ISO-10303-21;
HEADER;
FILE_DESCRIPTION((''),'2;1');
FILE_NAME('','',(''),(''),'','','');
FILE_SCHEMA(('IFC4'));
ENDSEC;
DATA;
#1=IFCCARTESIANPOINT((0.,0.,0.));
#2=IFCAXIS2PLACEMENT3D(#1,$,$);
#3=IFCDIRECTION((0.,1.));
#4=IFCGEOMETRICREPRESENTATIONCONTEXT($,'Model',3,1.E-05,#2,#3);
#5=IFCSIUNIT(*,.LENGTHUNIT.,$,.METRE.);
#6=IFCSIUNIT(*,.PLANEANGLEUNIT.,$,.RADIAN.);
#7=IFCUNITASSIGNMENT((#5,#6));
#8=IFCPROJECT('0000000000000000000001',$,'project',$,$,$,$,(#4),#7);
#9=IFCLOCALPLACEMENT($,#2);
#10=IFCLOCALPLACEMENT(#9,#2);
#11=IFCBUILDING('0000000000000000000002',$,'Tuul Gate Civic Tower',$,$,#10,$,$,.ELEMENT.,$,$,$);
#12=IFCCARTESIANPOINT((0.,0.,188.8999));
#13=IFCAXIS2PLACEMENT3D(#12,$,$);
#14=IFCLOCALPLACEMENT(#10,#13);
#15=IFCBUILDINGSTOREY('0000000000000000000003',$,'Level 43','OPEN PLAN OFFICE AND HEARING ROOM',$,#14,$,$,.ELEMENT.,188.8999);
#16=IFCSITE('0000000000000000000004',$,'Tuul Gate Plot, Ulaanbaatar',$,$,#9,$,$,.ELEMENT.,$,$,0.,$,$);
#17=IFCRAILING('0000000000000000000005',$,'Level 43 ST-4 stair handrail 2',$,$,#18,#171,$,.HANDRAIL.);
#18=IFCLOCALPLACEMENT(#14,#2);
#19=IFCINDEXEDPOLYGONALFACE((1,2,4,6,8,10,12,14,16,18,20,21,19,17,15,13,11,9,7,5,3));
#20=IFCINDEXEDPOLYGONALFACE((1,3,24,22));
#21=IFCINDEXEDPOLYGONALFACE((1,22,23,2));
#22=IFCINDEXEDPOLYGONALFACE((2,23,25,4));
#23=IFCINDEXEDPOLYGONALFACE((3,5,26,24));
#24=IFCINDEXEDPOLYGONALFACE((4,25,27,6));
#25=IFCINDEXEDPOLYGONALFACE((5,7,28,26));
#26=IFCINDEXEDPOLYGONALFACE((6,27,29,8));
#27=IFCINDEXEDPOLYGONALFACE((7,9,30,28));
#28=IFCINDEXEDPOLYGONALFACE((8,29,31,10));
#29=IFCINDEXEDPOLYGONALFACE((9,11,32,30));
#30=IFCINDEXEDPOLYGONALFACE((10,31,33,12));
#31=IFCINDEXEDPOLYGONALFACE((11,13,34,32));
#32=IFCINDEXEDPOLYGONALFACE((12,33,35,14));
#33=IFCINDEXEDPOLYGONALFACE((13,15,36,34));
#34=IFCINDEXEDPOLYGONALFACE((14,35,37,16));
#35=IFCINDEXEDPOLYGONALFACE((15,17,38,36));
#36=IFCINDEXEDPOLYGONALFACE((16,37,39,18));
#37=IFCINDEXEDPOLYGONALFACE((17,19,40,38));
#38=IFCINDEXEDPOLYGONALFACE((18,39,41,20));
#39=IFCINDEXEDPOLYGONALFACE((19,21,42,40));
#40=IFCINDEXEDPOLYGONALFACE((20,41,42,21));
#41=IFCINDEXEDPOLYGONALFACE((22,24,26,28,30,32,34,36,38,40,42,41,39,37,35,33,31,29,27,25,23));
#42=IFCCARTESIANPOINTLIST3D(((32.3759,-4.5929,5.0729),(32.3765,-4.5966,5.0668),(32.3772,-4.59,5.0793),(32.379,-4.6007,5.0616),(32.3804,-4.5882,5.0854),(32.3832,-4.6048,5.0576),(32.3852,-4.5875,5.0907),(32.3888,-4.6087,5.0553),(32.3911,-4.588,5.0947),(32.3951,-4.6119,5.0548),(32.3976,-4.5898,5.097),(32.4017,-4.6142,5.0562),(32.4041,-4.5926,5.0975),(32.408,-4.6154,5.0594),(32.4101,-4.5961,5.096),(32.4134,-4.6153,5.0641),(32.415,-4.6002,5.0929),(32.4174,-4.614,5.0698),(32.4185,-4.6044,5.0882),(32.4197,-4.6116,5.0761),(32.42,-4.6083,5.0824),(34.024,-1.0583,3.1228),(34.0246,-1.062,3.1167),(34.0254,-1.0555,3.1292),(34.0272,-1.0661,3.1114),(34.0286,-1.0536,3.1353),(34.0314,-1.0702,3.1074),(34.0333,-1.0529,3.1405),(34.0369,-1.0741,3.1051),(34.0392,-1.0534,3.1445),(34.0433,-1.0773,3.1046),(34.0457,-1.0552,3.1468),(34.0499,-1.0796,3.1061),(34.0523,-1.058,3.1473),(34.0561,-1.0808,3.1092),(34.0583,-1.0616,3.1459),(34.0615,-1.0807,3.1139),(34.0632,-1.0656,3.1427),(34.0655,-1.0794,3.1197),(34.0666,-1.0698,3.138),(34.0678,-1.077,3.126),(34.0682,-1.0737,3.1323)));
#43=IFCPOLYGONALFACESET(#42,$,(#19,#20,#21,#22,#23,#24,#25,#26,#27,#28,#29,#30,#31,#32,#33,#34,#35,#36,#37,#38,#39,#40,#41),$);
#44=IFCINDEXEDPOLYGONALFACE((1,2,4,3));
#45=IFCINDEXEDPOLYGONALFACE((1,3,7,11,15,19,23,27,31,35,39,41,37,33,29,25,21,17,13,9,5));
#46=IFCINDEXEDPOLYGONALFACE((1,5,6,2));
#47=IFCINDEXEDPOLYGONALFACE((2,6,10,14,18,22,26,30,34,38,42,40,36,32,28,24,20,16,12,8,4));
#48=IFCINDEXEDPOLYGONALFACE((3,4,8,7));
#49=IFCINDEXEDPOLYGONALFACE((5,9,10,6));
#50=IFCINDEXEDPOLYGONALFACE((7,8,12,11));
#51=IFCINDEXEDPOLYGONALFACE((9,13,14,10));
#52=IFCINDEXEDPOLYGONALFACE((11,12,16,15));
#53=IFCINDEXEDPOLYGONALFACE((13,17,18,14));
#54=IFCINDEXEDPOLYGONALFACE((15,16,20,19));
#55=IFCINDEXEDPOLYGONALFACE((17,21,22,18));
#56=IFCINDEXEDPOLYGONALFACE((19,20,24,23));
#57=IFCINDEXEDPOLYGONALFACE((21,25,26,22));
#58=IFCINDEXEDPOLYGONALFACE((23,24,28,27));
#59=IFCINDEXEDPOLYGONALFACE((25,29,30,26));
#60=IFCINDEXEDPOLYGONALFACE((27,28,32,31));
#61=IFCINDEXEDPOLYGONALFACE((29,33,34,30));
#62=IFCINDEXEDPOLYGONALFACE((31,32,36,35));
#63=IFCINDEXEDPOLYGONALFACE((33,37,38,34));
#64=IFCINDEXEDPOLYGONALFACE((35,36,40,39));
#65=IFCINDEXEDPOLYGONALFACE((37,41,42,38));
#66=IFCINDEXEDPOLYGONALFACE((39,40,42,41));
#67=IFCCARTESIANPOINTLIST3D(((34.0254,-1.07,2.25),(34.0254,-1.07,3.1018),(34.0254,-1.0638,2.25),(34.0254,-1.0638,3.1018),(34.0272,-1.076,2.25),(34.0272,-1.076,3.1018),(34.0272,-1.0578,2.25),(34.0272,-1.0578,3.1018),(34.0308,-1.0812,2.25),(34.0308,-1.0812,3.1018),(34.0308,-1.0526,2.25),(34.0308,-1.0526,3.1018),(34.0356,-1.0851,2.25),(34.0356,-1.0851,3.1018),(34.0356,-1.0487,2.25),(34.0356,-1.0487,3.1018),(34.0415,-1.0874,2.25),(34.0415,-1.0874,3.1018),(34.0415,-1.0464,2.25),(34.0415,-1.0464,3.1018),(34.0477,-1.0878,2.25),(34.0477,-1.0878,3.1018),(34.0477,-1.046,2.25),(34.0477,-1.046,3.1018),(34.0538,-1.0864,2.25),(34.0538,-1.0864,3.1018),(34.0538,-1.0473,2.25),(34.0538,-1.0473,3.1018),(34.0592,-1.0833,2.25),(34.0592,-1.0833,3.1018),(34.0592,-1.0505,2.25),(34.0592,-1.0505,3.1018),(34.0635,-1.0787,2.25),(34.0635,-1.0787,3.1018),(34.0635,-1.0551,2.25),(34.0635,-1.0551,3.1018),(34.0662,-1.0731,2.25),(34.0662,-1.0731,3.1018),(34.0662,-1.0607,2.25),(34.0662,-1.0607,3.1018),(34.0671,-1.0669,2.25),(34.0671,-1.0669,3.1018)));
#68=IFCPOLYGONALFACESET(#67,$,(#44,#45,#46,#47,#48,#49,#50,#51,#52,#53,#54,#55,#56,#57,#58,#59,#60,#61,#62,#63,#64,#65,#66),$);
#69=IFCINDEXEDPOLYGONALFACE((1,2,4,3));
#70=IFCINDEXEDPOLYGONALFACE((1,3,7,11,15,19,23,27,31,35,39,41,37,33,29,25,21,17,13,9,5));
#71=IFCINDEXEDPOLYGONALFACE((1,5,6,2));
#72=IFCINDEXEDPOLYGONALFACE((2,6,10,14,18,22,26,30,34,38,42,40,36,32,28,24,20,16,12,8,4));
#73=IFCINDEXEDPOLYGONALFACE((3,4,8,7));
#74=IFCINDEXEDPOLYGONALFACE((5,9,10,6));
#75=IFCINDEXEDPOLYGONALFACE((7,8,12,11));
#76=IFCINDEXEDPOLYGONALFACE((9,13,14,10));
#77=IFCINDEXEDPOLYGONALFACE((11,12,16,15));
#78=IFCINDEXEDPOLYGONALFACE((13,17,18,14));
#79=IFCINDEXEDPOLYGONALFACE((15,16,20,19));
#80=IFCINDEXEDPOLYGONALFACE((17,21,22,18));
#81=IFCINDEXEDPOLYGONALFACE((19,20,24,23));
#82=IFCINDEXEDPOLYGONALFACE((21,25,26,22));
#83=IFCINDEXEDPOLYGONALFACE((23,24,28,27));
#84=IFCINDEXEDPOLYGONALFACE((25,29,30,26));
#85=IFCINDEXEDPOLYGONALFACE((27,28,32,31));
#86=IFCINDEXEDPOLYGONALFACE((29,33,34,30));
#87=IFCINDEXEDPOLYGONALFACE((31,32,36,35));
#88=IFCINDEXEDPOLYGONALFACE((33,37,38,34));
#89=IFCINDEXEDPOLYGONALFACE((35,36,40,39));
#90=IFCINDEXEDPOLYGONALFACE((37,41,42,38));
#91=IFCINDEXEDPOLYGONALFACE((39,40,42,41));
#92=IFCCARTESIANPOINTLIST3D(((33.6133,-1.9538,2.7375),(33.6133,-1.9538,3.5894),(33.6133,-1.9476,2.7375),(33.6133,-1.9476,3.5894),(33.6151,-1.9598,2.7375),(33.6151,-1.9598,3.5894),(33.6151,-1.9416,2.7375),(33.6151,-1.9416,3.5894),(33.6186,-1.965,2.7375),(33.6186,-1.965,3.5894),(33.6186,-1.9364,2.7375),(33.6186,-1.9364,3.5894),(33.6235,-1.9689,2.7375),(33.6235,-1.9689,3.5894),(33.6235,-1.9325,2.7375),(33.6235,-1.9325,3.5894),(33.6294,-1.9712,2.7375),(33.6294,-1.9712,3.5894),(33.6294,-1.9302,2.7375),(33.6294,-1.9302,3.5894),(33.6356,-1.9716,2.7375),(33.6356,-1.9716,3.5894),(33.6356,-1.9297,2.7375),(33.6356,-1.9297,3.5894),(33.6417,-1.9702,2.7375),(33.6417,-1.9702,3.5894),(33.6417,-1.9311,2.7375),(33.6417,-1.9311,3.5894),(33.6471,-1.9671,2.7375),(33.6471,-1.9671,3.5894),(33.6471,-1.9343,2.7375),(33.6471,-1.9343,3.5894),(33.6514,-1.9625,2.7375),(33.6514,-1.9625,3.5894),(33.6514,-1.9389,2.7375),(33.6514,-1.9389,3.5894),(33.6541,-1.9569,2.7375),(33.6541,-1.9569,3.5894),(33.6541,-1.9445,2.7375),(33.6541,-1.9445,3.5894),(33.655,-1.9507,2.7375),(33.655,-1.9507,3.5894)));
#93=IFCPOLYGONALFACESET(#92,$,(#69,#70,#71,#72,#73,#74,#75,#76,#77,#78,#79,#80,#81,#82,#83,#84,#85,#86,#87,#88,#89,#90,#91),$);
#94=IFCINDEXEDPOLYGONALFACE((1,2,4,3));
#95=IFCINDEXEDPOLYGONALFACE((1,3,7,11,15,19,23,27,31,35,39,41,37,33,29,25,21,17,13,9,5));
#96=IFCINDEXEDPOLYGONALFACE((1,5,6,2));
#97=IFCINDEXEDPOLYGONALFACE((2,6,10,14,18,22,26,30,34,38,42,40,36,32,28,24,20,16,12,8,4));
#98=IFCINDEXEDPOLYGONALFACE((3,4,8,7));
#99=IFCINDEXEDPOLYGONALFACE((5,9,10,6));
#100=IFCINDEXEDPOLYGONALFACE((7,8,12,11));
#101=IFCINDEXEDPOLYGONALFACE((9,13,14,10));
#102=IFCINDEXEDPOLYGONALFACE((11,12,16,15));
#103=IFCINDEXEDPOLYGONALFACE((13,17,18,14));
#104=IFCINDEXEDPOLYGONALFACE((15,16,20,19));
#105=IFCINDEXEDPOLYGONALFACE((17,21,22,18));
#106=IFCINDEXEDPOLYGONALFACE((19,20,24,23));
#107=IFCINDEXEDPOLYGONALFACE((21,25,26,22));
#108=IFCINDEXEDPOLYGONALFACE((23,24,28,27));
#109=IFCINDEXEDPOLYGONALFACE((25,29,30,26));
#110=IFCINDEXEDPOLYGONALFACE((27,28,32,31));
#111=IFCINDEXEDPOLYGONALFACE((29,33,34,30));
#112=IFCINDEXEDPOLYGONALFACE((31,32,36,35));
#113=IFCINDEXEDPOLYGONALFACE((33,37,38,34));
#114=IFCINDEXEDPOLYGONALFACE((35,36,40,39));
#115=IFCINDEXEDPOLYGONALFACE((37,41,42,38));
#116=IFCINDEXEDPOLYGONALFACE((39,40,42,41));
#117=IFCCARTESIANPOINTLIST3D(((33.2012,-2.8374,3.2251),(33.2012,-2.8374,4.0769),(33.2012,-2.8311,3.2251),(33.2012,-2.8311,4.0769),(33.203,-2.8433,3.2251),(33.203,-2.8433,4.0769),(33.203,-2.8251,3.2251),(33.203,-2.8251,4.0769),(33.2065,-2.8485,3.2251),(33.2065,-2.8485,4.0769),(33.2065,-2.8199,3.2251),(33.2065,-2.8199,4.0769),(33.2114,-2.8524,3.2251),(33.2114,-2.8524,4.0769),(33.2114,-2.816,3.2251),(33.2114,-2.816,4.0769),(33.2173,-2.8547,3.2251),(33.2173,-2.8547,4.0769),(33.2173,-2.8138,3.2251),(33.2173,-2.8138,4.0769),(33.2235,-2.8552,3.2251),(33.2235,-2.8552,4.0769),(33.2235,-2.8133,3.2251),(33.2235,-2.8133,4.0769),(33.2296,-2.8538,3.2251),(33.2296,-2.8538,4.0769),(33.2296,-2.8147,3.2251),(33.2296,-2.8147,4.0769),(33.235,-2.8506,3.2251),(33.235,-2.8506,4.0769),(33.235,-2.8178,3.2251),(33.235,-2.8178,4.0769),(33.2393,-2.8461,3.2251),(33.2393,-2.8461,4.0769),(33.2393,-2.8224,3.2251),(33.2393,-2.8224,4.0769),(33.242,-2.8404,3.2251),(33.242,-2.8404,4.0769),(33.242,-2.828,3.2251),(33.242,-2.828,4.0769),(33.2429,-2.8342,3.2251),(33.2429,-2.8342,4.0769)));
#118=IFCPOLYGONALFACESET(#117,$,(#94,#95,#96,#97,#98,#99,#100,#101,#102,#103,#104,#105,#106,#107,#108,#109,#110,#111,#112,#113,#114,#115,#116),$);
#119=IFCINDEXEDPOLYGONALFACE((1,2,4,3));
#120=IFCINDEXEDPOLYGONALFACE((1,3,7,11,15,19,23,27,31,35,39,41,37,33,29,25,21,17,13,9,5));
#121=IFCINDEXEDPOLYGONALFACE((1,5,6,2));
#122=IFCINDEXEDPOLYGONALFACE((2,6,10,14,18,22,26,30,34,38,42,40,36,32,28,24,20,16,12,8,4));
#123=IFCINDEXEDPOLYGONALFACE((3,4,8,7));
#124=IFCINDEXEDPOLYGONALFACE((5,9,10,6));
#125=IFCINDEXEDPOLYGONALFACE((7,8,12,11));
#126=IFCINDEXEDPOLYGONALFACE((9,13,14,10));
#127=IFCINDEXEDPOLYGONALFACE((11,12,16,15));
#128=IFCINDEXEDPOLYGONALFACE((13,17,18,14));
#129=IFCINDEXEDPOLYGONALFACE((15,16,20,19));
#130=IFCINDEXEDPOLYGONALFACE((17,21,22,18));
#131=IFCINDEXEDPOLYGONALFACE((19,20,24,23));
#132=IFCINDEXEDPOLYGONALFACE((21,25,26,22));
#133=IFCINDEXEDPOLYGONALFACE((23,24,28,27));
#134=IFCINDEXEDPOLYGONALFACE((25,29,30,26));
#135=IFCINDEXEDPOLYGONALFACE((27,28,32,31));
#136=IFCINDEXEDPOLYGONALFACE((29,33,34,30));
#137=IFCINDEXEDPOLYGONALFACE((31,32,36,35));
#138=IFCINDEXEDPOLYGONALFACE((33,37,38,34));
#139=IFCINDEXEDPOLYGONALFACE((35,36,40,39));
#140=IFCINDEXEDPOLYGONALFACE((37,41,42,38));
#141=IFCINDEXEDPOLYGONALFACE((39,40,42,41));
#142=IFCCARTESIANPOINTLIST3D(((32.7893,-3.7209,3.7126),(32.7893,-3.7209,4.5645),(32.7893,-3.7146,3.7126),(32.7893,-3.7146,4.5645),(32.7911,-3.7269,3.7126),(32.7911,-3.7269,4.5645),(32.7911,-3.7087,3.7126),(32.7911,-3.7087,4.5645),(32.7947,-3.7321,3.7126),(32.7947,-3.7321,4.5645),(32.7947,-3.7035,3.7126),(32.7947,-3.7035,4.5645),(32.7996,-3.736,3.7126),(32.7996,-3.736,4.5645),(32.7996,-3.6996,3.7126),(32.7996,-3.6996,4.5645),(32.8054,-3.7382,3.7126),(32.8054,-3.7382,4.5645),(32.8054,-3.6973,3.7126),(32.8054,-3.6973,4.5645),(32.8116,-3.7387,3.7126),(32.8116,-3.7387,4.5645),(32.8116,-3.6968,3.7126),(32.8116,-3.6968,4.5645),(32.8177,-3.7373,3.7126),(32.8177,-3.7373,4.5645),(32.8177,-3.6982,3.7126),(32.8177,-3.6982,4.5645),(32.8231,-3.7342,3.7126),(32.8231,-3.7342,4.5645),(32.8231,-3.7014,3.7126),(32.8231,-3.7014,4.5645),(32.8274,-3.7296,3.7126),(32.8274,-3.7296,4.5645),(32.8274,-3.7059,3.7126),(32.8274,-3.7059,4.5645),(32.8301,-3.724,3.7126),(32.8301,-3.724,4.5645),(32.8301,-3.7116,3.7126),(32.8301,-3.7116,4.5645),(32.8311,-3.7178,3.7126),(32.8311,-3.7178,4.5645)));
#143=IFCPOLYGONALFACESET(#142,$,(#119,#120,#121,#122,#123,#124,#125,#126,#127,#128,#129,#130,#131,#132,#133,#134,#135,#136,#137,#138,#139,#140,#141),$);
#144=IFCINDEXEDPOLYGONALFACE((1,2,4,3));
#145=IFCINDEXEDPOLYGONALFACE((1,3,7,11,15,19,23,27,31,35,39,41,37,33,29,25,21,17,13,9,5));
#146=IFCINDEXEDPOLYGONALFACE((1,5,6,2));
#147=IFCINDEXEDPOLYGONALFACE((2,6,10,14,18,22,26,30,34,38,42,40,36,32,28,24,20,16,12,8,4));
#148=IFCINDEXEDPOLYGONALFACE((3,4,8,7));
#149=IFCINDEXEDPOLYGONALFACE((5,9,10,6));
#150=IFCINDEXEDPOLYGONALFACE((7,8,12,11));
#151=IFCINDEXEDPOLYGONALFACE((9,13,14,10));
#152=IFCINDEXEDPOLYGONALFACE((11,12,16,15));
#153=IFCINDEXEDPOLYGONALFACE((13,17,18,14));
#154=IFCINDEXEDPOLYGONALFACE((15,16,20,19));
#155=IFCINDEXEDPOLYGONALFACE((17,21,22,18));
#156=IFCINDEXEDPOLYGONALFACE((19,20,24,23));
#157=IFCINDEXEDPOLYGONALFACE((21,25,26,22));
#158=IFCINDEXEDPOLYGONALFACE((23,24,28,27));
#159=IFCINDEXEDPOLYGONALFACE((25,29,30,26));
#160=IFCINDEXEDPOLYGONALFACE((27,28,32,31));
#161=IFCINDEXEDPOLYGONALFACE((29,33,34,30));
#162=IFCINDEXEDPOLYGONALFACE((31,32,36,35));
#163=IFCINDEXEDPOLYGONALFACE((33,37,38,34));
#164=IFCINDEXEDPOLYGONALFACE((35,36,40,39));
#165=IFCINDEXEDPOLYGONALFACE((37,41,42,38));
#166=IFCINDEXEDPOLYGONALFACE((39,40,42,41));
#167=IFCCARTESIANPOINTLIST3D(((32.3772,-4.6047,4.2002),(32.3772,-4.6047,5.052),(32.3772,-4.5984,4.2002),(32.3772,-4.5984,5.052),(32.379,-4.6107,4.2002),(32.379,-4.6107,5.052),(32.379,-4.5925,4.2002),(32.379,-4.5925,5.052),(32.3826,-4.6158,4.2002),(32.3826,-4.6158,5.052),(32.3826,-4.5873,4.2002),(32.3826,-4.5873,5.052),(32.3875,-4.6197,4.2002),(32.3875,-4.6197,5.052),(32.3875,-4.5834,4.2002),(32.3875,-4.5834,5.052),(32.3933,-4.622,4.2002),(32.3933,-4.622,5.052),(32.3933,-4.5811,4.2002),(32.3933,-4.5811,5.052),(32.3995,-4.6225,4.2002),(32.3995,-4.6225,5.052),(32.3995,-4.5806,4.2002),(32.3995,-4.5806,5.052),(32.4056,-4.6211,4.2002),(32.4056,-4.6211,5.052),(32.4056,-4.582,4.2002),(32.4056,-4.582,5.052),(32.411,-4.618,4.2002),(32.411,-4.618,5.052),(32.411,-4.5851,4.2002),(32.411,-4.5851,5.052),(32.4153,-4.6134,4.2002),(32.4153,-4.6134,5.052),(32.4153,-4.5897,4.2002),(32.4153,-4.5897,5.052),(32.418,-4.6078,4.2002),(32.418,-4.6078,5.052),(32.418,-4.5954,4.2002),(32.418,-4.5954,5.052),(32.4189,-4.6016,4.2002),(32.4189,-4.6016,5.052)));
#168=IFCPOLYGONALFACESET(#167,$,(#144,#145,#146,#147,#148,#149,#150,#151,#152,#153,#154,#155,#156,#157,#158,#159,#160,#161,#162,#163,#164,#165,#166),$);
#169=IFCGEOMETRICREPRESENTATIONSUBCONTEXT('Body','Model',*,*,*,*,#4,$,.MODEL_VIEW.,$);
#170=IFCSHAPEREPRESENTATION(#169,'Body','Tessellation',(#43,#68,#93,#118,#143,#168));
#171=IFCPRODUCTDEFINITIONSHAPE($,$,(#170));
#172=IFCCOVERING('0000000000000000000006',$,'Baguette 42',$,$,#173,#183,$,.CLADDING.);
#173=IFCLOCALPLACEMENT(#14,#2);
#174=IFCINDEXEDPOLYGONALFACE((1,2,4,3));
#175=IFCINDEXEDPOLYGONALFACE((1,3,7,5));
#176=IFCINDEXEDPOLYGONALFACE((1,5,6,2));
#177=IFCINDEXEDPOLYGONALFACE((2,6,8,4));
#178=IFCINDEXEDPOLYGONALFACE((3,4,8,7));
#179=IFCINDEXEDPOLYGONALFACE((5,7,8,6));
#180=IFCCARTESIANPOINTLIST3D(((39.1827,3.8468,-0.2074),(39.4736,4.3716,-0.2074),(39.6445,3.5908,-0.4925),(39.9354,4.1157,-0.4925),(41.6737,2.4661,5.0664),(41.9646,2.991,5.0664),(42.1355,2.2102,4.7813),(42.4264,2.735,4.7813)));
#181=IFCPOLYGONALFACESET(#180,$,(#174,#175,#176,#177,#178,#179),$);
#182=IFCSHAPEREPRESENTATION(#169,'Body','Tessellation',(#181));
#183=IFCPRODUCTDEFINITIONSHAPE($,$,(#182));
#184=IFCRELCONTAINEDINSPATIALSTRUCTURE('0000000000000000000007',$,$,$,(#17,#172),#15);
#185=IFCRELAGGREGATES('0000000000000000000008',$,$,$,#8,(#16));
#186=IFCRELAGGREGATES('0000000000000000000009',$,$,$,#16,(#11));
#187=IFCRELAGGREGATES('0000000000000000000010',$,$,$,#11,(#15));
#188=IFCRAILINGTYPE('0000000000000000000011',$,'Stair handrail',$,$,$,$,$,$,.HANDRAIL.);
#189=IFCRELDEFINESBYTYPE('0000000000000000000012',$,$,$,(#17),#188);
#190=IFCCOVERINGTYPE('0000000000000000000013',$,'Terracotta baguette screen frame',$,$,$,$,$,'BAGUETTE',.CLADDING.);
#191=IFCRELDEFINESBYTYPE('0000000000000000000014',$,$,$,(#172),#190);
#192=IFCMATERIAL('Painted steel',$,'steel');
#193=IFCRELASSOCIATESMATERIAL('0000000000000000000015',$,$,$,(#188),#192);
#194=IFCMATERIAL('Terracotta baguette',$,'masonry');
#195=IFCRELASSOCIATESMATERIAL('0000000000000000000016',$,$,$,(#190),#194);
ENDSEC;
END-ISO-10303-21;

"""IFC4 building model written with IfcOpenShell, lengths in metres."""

from ifc_helpers import new_model, si_unit, direction, frame, origin, origin_2d, place, context, subcontext, project, spatial, rectangle, circle, extrude, material, material_profile, profile_set, type_object, element, save


model = new_model("IFC4")

# Units and contexts
model_context = context("Model", 3, precision=1e-05, world=origin(), true_north=direction((0.0, 1.0)))
body_context = subcontext(model_context, "Body", "Model", "MODEL_VIEW")
ifc_project = project(units=[si_unit("LENGTHUNIT", "METRE"), si_unit("PLANEANGLEUNIT", "RADIAN")], contexts=[model_context])

# Site, building, storey
site_placement = place(None, origin())
site = spatial("IfcSite", under=ifc_project, at=site_placement, Name="Tuul Gate Plot, Ulaanbaatar", CompositionType="ELEMENT", RefElevation=0.0)
building_placement = place(site_placement, origin())
building = spatial("IfcBuilding", under=site, at=building_placement, Name="Tuul Gate Civic Tower", CompositionType="ELEMENT")
storey_placement = place(building_placement, frame((0.0, 0.0, 188.8999)))
storey = spatial("IfcBuildingStorey", under=building, at=storey_placement, Name="Level 43", Description="OPEN PLAN OFFICE AND HEARING ROOM", CompositionType="ELEMENT", Elevation=188.8999)

# Railing
ifc_material_1 = material(Name="Painted steel", Category="steel")
railing_type = type_object("IfcRailingType", Name="Stair handrail", PredefinedType="HANDRAIL", material=ifc_material_1)
railing_1_placement = place(storey_placement, frame((34.0461, -1.0669, 2.25)))
element("IfcRailing", 1, at=railing_1_placement, inside=storey, type_object=railing_type, Name="Level 43 ST-4 stair handrail 2", PredefinedType="HANDRAIL", context=body_context, shape_type="SweptSolid", body=[
    extrude(circle(Radius=0.0239, at=origin_2d()), frame((0.0, 0.0, 0.876), z_axis=(-0.377985, -0.810617, 0.447245), x_axis=(0.906313, -0.422608, 0.0)), (0.0, 0.0, 1.0), 4.3604),
    extrude(circle(Radius=0.021, at=origin_2d()), origin(), (0.0, 0.0, 1.0), 0.8518),
    extrude(circle(Radius=0.021, at=origin_2d()), frame((-0.4121, -0.8838, 0.4875)), (0.0, 0.0, 1.0), 0.8518),
    extrude(circle(Radius=0.021, at=origin_2d()), frame((-0.8242, -1.7673, 0.9751)), (0.0, 0.0, 1.0), 0.8518),
    extrude(circle(Radius=0.021, at=origin_2d()), frame((-1.2361, -2.6509, 1.4626)), (0.0, 0.0, 1.0), 0.8518),
    extrude(circle(Radius=0.021, at=origin_2d()), frame((-1.6482, -3.5347, 1.9502)), (0.0, 0.0, 1.0), 0.8518),
])

# Covering
ifc_material_2 = material(Name="Terracotta baguette", Category="masonry")
ifc_material_profile_1 = material_profile(ifc_material_2, rectangle(XDim=0.6001, YDim=0.6001, at=origin_2d()), Name="Terracotta baguette screen frame")
ifc_profile_set_1 = profile_set([ifc_material_profile_1], Name="Terracotta baguette")
covering_type = type_object("IfcCoveringType", Name="Terracotta baguette screen frame", ElementType="BAGUETTE", PredefinedType="CLADDING", material=ifc_profile_set_1)
covering_placement = place(storey_placement, frame((42.05, 2.6006, 4.9238), z_axis=(-0.415607, 0.23035, -0.879892), x_axis=(-0.484769, -0.874642, 0.0)))
element("IfcCovering", 2, at=covering_placement, inside=storey, type_object=covering_type, Name="Baguette 42", PredefinedType="CLADDING", context=body_context, shape_type="SweptSolid", body=[
    extrude(rectangle(XDim=0.6001, YDim=0.6001, at=origin_2d()), origin(), (0.0, 0.0, 1.0), 5.9937),
])

save(model, "model.ifc")
